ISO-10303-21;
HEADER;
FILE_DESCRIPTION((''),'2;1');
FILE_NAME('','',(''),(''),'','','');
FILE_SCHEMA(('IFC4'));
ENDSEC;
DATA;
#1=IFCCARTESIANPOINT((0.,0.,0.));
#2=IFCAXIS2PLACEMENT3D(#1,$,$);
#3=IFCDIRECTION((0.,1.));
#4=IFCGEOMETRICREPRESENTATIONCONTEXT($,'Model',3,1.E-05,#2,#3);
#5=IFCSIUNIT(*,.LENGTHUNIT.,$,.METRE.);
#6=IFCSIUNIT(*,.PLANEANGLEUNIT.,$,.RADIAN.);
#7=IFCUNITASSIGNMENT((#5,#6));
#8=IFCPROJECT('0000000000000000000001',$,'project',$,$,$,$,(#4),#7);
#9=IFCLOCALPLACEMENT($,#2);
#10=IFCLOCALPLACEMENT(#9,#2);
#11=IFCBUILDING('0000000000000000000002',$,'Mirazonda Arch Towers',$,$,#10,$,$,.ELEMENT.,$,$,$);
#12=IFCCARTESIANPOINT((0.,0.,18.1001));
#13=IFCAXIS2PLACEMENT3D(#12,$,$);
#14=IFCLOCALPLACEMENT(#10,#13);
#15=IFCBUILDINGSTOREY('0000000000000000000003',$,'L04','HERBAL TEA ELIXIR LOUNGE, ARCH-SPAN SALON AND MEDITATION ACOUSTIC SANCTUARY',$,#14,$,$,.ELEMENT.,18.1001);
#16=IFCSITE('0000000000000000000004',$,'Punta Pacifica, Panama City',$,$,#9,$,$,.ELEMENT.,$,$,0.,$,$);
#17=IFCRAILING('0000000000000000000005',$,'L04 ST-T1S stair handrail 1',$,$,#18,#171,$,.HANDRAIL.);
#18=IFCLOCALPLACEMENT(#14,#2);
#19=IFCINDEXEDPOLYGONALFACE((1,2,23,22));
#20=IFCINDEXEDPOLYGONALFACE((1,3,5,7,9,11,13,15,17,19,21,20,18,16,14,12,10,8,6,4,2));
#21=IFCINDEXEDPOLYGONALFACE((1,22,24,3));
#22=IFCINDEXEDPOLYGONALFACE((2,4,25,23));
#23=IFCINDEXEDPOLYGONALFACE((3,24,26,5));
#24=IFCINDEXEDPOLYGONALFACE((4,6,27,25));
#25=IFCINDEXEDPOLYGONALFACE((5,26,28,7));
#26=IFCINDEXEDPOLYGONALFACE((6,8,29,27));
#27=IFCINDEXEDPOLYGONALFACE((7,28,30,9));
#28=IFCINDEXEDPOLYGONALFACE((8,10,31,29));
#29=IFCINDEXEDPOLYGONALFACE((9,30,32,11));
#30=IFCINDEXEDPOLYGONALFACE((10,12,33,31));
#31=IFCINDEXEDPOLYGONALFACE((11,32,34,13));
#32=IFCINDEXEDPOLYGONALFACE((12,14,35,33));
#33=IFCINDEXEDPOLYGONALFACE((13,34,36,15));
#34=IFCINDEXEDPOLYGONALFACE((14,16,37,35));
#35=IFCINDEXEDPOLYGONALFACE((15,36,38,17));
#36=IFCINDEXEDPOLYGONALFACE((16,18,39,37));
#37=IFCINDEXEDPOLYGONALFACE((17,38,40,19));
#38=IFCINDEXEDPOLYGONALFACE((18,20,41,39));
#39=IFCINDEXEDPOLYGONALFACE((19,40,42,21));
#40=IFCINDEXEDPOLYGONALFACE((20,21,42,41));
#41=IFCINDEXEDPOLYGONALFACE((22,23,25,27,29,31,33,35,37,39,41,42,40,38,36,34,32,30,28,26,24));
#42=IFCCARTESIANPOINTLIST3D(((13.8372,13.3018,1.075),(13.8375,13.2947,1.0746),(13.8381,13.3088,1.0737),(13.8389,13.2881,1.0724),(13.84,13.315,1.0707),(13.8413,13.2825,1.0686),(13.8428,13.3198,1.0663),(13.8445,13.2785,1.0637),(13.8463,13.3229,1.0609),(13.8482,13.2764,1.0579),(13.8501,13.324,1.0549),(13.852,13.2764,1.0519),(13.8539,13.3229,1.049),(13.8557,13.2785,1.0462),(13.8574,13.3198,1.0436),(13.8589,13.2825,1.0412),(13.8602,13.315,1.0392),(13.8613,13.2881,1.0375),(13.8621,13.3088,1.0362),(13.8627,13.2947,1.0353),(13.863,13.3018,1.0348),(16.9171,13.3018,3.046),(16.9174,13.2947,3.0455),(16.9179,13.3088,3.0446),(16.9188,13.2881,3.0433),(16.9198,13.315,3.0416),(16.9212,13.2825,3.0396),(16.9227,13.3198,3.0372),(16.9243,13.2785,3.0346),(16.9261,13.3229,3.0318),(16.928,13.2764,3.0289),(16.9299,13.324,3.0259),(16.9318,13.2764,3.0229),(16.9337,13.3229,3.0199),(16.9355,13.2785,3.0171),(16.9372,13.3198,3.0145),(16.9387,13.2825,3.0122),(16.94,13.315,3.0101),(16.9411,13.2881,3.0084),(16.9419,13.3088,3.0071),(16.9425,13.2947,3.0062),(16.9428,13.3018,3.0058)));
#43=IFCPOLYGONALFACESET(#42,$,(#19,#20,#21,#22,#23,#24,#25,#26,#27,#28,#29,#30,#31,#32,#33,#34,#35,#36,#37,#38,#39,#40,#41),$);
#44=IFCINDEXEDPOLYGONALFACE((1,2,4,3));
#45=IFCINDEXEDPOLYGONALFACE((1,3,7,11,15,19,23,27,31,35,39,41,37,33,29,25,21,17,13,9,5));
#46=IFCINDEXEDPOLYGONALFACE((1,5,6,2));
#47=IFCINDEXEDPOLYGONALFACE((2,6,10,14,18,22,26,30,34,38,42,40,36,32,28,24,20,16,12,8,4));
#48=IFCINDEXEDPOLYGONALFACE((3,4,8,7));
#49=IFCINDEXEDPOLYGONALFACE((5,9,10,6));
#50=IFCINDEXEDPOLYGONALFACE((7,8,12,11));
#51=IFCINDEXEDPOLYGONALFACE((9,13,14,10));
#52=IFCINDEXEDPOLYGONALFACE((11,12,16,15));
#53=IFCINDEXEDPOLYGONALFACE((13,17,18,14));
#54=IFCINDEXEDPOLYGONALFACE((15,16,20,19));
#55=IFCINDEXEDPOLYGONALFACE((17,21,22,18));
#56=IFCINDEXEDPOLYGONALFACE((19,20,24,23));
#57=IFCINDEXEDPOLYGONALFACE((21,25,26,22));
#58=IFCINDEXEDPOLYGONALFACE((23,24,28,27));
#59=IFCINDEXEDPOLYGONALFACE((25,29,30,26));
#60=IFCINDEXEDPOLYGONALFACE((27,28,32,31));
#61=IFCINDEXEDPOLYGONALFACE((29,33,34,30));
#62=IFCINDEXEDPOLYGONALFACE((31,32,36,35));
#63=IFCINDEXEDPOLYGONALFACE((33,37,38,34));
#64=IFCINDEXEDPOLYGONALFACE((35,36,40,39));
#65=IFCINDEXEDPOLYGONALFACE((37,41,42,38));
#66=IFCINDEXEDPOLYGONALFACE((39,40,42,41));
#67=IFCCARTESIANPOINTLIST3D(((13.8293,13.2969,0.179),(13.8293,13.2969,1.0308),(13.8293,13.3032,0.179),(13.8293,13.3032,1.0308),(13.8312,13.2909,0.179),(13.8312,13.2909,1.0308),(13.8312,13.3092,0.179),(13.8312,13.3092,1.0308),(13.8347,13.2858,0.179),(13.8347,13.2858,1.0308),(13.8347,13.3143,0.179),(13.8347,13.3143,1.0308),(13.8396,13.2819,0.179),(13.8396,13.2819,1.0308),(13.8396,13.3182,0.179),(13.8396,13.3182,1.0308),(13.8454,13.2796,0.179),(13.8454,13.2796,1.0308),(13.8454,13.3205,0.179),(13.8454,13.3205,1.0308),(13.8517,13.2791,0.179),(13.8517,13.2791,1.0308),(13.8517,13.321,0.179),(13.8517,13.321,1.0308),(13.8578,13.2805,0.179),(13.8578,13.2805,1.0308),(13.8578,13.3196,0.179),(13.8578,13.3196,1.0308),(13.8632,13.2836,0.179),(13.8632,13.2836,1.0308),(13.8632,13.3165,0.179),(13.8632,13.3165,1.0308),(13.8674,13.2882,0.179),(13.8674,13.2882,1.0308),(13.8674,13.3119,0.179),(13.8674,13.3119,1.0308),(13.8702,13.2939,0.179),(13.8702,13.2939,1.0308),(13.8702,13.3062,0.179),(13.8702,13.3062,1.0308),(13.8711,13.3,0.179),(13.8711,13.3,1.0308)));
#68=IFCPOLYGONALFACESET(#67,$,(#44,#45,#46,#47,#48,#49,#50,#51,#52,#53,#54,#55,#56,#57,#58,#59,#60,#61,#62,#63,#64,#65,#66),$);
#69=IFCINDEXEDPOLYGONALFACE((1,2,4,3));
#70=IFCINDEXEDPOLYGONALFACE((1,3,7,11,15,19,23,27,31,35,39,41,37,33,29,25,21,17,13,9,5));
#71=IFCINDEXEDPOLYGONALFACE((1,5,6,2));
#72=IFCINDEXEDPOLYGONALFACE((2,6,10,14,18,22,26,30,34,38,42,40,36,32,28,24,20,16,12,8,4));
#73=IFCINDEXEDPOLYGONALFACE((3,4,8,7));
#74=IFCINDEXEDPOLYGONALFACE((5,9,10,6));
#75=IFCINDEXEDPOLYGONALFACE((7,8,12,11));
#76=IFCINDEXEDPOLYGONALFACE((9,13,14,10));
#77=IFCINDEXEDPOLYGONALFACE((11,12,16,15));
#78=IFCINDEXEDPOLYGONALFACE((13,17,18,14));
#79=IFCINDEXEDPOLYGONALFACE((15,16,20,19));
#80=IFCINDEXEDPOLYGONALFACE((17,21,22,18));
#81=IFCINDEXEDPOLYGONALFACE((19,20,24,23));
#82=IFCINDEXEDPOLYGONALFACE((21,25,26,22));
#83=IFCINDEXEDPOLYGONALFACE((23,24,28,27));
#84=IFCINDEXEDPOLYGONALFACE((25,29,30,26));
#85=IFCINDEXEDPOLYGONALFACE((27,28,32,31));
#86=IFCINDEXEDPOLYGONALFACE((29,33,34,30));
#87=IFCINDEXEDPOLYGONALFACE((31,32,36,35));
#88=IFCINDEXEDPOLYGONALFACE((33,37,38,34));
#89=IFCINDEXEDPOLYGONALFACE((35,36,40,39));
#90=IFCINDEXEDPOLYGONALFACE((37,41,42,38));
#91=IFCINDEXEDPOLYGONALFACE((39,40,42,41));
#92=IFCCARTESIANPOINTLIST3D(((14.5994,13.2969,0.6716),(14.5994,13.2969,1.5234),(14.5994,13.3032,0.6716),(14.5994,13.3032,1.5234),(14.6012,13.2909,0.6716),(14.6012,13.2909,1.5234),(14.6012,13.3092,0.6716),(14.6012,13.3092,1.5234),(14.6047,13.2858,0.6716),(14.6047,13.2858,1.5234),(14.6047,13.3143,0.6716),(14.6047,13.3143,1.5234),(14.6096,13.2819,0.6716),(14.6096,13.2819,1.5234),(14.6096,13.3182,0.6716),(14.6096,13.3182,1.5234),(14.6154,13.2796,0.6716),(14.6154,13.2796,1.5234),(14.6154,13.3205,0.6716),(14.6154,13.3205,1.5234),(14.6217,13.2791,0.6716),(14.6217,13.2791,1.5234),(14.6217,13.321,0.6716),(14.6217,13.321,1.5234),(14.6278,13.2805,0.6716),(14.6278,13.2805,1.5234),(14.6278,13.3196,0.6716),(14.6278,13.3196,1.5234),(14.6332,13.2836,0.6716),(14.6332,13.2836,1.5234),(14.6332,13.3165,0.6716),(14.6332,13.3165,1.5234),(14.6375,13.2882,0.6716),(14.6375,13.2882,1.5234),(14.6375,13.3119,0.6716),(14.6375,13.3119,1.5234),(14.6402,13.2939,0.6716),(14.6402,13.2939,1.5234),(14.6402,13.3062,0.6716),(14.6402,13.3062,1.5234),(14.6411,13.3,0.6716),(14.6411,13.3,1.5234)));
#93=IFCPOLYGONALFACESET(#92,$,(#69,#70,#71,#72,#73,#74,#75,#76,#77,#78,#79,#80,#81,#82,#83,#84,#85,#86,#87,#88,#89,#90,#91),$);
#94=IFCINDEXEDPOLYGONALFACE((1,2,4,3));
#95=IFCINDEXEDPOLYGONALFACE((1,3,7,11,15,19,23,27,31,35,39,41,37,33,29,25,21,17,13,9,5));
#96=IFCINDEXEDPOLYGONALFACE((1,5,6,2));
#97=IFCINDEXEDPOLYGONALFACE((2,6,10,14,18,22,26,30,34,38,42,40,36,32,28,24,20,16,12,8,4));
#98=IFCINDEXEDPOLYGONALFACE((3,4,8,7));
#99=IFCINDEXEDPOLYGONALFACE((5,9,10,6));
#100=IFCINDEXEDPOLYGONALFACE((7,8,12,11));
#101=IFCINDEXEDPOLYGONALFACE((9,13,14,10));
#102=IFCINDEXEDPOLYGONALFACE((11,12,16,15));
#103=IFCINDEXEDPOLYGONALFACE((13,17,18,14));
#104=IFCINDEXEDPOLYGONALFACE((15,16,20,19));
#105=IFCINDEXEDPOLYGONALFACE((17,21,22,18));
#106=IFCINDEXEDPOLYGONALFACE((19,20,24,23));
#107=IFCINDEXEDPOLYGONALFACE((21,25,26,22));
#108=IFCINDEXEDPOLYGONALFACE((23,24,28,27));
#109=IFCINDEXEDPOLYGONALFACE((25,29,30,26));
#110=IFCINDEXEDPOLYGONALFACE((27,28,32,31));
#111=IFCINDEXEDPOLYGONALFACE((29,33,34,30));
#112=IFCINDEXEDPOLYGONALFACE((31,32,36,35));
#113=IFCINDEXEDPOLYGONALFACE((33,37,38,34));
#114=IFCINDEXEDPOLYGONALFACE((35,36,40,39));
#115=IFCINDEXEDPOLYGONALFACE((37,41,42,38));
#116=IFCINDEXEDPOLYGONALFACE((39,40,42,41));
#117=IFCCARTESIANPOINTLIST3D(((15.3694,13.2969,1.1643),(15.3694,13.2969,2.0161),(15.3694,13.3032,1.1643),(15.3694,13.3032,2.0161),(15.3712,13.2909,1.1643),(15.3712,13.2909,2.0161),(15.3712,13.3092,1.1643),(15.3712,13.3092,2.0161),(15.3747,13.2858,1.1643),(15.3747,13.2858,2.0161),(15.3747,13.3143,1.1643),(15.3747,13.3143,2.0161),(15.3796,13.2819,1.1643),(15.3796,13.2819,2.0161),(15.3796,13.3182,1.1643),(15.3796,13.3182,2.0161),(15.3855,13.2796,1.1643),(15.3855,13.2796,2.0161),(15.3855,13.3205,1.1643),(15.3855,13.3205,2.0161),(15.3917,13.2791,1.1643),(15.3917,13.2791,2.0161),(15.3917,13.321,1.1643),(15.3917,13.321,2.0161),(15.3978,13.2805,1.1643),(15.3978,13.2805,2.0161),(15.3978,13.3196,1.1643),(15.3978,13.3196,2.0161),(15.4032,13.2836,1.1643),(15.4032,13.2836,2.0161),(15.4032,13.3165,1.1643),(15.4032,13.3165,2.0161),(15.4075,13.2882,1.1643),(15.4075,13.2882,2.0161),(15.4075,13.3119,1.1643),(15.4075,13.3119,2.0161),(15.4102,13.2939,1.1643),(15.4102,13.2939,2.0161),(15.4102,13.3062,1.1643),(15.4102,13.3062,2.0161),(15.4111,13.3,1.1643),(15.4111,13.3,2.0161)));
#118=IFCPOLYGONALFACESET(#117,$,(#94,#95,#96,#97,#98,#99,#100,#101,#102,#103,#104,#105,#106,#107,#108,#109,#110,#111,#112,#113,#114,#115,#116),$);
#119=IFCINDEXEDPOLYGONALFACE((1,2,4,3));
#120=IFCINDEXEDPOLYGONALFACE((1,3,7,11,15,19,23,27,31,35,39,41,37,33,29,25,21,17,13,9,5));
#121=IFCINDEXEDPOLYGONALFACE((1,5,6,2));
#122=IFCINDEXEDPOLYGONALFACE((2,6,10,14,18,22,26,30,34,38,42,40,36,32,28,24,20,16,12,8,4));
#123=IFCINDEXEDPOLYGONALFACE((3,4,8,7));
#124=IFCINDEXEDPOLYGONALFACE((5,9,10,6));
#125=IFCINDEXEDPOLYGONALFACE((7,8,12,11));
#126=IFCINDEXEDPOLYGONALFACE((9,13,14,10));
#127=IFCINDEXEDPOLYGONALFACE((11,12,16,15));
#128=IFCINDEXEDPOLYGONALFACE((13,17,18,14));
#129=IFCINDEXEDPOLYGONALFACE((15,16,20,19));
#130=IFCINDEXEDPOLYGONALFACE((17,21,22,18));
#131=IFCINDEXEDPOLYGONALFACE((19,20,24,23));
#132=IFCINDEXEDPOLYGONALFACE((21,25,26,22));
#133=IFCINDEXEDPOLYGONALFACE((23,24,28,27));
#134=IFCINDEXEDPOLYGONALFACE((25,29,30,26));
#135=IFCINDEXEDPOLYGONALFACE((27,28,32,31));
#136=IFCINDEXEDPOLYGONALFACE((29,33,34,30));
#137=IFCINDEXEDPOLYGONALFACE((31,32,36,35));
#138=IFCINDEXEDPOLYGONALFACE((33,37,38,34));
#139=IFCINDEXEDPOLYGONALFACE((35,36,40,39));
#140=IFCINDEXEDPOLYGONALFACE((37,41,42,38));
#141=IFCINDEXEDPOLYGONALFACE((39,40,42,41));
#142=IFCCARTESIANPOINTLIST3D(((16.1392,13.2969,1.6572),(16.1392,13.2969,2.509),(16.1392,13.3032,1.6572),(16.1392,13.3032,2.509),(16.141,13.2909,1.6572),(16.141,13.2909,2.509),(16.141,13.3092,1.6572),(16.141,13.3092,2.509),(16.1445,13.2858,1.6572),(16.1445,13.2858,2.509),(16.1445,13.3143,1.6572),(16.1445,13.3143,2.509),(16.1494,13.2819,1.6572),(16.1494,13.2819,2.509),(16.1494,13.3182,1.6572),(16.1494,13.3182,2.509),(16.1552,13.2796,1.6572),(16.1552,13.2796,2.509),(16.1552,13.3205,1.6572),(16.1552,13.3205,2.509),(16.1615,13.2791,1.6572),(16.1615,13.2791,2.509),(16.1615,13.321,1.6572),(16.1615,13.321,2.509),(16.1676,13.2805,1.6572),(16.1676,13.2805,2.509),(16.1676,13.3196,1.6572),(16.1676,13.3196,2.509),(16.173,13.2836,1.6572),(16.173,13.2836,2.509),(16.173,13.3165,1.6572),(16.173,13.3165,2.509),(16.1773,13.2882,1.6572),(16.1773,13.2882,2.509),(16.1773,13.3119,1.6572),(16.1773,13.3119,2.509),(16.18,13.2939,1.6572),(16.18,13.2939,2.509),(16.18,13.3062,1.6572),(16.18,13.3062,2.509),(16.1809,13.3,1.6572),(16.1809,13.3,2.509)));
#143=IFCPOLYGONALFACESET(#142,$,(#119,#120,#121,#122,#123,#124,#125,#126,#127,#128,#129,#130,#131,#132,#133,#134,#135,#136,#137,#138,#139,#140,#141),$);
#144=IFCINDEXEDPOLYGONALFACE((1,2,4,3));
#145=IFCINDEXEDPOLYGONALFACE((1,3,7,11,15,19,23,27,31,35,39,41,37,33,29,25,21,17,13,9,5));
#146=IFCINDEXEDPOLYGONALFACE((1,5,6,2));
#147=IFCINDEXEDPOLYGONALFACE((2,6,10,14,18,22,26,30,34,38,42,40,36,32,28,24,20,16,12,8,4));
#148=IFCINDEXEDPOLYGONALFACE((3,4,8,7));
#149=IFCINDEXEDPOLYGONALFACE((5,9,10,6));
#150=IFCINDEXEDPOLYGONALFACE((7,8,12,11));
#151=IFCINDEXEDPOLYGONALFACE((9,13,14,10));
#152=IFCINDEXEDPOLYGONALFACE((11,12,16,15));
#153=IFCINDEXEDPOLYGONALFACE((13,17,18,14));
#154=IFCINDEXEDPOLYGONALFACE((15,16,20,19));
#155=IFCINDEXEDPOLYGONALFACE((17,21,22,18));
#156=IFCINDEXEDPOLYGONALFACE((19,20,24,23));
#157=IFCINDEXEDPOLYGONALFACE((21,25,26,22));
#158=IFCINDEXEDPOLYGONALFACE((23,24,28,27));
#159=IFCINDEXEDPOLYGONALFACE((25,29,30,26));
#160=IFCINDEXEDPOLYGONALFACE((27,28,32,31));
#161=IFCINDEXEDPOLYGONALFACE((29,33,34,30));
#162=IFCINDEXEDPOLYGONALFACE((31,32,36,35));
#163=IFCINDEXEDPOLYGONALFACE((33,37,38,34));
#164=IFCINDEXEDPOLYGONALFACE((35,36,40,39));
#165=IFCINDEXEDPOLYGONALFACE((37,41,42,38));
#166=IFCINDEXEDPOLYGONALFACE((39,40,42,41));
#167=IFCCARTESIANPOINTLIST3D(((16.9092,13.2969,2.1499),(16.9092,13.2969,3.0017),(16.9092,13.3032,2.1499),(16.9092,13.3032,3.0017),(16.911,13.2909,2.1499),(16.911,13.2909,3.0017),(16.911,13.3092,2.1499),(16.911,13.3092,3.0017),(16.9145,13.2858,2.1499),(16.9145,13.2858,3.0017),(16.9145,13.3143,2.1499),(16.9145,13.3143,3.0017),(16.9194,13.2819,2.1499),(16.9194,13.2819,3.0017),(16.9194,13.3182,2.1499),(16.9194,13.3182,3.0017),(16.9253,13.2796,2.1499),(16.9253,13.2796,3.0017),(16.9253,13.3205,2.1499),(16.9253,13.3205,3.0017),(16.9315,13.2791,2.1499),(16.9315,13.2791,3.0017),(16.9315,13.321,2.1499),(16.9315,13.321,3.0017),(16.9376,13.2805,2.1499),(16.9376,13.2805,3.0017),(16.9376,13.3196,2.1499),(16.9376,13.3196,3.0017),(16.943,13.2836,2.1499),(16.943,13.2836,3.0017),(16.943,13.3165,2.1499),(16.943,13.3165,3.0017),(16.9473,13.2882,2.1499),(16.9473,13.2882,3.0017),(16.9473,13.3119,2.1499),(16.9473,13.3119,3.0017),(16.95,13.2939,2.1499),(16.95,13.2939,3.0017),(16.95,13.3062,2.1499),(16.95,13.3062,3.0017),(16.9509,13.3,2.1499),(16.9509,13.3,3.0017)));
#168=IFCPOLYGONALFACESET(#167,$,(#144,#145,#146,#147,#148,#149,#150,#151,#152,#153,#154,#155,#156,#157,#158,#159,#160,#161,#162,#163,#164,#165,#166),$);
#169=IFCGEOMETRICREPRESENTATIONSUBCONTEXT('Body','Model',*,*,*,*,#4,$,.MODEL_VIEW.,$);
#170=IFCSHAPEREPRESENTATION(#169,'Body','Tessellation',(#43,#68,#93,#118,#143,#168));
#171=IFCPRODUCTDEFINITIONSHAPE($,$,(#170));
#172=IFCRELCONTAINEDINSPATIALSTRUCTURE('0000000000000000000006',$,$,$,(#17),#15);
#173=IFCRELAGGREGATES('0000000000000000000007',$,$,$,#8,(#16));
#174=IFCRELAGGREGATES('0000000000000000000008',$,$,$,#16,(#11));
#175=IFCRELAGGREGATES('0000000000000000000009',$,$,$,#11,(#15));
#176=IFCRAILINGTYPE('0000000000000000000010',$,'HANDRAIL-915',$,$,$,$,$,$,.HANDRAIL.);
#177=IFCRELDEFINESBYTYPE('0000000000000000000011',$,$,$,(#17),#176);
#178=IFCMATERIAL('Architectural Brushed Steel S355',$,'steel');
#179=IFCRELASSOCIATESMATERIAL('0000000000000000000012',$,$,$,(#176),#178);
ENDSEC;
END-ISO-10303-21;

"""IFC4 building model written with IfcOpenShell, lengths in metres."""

from ifc_helpers import new_model, si_unit, direction, frame, origin, origin_2d, place, context, subcontext, project, spatial, circle, extrude, material, type_object, element, save


model = new_model("IFC4")

# Units and contexts
model_context = context("Model", 3, precision=1e-05, world=origin(), true_north=direction((0.0, 1.0)))
body_context = subcontext(model_context, "Body", "Model", "MODEL_VIEW")
ifc_project = project(units=[si_unit("LENGTHUNIT", "METRE"), si_unit("PLANEANGLEUNIT", "RADIAN")], contexts=[model_context])

# Site, building, storey
site_placement = place(None, origin())
site = spatial("IfcSite", under=ifc_project, at=site_placement, Name="Punta Pacifica, Panama City", CompositionType="ELEMENT", RefElevation=0.0)
building_placement = place(site_placement, origin())
building = spatial("IfcBuilding", under=site, at=building_placement, Name="Mirazonda Arch Towers", CompositionType="ELEMENT")
storey_placement = place(building_placement, frame((0.0, 0.0, 18.1001)))
storey = spatial("IfcBuildingStorey", under=building, at=storey_placement, Name="L04", Description="HERBAL TEA ELIXIR LOUNGE, ARCH-SPAN SALON AND MEDITATION ACOUSTIC SANCTUARY", CompositionType="ELEMENT", Elevation=18.1001)

# Shared definitions
ifc_material_1 = material(Name="Architectural Brushed Steel S355", Category="steel")

# Railing
railing_type_1 = type_object("IfcRailingType", Name="HANDRAIL-915", PredefinedType="HANDRAIL", material=ifc_material_1)
railing_1_placement = place(storey_placement, frame((13.8501, 13.3, 0.179)))
element("IfcRailing", 1, at=railing_1_placement, inside=storey, type_object=railing_type_1, Name="L04 ST-T1S stair handrail 1", PredefinedType="HANDRAIL", context=body_context, shape_type="SweptSolid", body=[
    extrude(circle(Radius=0.0239, at=origin_2d()), frame((0.0, 0.0, 0.876), z_axis=(0.84229, 0.0, 0.539025), x_axis=(0.0, 1.0, 0.0)), (0.0, 0.0, 1.0), 3.6565),
    extrude(circle(Radius=0.021, at=origin_2d()), origin(), (0.0, 0.0, 1.0), 0.8518),
    extrude(circle(Radius=0.021, at=origin_2d()), frame((0.77, 0.0, 0.4927)), (0.0, 0.0, 1.0), 0.8518),
    extrude(circle(Radius=0.021, at=origin_2d()), frame((1.54, 0.0, 0.9854)), (0.0, 0.0, 1.0), 0.8518),
    extrude(circle(Radius=0.021, at=origin_2d()), frame((2.3098, 0.0, 1.4783)), (0.0, 0.0, 1.0), 0.8518),
    extrude(circle(Radius=0.021, at=origin_2d()), frame((3.0798, 0.0, 1.9709)), (0.0, 0.0, 1.0), 0.8518),
])

save(model, "model.ifc")
